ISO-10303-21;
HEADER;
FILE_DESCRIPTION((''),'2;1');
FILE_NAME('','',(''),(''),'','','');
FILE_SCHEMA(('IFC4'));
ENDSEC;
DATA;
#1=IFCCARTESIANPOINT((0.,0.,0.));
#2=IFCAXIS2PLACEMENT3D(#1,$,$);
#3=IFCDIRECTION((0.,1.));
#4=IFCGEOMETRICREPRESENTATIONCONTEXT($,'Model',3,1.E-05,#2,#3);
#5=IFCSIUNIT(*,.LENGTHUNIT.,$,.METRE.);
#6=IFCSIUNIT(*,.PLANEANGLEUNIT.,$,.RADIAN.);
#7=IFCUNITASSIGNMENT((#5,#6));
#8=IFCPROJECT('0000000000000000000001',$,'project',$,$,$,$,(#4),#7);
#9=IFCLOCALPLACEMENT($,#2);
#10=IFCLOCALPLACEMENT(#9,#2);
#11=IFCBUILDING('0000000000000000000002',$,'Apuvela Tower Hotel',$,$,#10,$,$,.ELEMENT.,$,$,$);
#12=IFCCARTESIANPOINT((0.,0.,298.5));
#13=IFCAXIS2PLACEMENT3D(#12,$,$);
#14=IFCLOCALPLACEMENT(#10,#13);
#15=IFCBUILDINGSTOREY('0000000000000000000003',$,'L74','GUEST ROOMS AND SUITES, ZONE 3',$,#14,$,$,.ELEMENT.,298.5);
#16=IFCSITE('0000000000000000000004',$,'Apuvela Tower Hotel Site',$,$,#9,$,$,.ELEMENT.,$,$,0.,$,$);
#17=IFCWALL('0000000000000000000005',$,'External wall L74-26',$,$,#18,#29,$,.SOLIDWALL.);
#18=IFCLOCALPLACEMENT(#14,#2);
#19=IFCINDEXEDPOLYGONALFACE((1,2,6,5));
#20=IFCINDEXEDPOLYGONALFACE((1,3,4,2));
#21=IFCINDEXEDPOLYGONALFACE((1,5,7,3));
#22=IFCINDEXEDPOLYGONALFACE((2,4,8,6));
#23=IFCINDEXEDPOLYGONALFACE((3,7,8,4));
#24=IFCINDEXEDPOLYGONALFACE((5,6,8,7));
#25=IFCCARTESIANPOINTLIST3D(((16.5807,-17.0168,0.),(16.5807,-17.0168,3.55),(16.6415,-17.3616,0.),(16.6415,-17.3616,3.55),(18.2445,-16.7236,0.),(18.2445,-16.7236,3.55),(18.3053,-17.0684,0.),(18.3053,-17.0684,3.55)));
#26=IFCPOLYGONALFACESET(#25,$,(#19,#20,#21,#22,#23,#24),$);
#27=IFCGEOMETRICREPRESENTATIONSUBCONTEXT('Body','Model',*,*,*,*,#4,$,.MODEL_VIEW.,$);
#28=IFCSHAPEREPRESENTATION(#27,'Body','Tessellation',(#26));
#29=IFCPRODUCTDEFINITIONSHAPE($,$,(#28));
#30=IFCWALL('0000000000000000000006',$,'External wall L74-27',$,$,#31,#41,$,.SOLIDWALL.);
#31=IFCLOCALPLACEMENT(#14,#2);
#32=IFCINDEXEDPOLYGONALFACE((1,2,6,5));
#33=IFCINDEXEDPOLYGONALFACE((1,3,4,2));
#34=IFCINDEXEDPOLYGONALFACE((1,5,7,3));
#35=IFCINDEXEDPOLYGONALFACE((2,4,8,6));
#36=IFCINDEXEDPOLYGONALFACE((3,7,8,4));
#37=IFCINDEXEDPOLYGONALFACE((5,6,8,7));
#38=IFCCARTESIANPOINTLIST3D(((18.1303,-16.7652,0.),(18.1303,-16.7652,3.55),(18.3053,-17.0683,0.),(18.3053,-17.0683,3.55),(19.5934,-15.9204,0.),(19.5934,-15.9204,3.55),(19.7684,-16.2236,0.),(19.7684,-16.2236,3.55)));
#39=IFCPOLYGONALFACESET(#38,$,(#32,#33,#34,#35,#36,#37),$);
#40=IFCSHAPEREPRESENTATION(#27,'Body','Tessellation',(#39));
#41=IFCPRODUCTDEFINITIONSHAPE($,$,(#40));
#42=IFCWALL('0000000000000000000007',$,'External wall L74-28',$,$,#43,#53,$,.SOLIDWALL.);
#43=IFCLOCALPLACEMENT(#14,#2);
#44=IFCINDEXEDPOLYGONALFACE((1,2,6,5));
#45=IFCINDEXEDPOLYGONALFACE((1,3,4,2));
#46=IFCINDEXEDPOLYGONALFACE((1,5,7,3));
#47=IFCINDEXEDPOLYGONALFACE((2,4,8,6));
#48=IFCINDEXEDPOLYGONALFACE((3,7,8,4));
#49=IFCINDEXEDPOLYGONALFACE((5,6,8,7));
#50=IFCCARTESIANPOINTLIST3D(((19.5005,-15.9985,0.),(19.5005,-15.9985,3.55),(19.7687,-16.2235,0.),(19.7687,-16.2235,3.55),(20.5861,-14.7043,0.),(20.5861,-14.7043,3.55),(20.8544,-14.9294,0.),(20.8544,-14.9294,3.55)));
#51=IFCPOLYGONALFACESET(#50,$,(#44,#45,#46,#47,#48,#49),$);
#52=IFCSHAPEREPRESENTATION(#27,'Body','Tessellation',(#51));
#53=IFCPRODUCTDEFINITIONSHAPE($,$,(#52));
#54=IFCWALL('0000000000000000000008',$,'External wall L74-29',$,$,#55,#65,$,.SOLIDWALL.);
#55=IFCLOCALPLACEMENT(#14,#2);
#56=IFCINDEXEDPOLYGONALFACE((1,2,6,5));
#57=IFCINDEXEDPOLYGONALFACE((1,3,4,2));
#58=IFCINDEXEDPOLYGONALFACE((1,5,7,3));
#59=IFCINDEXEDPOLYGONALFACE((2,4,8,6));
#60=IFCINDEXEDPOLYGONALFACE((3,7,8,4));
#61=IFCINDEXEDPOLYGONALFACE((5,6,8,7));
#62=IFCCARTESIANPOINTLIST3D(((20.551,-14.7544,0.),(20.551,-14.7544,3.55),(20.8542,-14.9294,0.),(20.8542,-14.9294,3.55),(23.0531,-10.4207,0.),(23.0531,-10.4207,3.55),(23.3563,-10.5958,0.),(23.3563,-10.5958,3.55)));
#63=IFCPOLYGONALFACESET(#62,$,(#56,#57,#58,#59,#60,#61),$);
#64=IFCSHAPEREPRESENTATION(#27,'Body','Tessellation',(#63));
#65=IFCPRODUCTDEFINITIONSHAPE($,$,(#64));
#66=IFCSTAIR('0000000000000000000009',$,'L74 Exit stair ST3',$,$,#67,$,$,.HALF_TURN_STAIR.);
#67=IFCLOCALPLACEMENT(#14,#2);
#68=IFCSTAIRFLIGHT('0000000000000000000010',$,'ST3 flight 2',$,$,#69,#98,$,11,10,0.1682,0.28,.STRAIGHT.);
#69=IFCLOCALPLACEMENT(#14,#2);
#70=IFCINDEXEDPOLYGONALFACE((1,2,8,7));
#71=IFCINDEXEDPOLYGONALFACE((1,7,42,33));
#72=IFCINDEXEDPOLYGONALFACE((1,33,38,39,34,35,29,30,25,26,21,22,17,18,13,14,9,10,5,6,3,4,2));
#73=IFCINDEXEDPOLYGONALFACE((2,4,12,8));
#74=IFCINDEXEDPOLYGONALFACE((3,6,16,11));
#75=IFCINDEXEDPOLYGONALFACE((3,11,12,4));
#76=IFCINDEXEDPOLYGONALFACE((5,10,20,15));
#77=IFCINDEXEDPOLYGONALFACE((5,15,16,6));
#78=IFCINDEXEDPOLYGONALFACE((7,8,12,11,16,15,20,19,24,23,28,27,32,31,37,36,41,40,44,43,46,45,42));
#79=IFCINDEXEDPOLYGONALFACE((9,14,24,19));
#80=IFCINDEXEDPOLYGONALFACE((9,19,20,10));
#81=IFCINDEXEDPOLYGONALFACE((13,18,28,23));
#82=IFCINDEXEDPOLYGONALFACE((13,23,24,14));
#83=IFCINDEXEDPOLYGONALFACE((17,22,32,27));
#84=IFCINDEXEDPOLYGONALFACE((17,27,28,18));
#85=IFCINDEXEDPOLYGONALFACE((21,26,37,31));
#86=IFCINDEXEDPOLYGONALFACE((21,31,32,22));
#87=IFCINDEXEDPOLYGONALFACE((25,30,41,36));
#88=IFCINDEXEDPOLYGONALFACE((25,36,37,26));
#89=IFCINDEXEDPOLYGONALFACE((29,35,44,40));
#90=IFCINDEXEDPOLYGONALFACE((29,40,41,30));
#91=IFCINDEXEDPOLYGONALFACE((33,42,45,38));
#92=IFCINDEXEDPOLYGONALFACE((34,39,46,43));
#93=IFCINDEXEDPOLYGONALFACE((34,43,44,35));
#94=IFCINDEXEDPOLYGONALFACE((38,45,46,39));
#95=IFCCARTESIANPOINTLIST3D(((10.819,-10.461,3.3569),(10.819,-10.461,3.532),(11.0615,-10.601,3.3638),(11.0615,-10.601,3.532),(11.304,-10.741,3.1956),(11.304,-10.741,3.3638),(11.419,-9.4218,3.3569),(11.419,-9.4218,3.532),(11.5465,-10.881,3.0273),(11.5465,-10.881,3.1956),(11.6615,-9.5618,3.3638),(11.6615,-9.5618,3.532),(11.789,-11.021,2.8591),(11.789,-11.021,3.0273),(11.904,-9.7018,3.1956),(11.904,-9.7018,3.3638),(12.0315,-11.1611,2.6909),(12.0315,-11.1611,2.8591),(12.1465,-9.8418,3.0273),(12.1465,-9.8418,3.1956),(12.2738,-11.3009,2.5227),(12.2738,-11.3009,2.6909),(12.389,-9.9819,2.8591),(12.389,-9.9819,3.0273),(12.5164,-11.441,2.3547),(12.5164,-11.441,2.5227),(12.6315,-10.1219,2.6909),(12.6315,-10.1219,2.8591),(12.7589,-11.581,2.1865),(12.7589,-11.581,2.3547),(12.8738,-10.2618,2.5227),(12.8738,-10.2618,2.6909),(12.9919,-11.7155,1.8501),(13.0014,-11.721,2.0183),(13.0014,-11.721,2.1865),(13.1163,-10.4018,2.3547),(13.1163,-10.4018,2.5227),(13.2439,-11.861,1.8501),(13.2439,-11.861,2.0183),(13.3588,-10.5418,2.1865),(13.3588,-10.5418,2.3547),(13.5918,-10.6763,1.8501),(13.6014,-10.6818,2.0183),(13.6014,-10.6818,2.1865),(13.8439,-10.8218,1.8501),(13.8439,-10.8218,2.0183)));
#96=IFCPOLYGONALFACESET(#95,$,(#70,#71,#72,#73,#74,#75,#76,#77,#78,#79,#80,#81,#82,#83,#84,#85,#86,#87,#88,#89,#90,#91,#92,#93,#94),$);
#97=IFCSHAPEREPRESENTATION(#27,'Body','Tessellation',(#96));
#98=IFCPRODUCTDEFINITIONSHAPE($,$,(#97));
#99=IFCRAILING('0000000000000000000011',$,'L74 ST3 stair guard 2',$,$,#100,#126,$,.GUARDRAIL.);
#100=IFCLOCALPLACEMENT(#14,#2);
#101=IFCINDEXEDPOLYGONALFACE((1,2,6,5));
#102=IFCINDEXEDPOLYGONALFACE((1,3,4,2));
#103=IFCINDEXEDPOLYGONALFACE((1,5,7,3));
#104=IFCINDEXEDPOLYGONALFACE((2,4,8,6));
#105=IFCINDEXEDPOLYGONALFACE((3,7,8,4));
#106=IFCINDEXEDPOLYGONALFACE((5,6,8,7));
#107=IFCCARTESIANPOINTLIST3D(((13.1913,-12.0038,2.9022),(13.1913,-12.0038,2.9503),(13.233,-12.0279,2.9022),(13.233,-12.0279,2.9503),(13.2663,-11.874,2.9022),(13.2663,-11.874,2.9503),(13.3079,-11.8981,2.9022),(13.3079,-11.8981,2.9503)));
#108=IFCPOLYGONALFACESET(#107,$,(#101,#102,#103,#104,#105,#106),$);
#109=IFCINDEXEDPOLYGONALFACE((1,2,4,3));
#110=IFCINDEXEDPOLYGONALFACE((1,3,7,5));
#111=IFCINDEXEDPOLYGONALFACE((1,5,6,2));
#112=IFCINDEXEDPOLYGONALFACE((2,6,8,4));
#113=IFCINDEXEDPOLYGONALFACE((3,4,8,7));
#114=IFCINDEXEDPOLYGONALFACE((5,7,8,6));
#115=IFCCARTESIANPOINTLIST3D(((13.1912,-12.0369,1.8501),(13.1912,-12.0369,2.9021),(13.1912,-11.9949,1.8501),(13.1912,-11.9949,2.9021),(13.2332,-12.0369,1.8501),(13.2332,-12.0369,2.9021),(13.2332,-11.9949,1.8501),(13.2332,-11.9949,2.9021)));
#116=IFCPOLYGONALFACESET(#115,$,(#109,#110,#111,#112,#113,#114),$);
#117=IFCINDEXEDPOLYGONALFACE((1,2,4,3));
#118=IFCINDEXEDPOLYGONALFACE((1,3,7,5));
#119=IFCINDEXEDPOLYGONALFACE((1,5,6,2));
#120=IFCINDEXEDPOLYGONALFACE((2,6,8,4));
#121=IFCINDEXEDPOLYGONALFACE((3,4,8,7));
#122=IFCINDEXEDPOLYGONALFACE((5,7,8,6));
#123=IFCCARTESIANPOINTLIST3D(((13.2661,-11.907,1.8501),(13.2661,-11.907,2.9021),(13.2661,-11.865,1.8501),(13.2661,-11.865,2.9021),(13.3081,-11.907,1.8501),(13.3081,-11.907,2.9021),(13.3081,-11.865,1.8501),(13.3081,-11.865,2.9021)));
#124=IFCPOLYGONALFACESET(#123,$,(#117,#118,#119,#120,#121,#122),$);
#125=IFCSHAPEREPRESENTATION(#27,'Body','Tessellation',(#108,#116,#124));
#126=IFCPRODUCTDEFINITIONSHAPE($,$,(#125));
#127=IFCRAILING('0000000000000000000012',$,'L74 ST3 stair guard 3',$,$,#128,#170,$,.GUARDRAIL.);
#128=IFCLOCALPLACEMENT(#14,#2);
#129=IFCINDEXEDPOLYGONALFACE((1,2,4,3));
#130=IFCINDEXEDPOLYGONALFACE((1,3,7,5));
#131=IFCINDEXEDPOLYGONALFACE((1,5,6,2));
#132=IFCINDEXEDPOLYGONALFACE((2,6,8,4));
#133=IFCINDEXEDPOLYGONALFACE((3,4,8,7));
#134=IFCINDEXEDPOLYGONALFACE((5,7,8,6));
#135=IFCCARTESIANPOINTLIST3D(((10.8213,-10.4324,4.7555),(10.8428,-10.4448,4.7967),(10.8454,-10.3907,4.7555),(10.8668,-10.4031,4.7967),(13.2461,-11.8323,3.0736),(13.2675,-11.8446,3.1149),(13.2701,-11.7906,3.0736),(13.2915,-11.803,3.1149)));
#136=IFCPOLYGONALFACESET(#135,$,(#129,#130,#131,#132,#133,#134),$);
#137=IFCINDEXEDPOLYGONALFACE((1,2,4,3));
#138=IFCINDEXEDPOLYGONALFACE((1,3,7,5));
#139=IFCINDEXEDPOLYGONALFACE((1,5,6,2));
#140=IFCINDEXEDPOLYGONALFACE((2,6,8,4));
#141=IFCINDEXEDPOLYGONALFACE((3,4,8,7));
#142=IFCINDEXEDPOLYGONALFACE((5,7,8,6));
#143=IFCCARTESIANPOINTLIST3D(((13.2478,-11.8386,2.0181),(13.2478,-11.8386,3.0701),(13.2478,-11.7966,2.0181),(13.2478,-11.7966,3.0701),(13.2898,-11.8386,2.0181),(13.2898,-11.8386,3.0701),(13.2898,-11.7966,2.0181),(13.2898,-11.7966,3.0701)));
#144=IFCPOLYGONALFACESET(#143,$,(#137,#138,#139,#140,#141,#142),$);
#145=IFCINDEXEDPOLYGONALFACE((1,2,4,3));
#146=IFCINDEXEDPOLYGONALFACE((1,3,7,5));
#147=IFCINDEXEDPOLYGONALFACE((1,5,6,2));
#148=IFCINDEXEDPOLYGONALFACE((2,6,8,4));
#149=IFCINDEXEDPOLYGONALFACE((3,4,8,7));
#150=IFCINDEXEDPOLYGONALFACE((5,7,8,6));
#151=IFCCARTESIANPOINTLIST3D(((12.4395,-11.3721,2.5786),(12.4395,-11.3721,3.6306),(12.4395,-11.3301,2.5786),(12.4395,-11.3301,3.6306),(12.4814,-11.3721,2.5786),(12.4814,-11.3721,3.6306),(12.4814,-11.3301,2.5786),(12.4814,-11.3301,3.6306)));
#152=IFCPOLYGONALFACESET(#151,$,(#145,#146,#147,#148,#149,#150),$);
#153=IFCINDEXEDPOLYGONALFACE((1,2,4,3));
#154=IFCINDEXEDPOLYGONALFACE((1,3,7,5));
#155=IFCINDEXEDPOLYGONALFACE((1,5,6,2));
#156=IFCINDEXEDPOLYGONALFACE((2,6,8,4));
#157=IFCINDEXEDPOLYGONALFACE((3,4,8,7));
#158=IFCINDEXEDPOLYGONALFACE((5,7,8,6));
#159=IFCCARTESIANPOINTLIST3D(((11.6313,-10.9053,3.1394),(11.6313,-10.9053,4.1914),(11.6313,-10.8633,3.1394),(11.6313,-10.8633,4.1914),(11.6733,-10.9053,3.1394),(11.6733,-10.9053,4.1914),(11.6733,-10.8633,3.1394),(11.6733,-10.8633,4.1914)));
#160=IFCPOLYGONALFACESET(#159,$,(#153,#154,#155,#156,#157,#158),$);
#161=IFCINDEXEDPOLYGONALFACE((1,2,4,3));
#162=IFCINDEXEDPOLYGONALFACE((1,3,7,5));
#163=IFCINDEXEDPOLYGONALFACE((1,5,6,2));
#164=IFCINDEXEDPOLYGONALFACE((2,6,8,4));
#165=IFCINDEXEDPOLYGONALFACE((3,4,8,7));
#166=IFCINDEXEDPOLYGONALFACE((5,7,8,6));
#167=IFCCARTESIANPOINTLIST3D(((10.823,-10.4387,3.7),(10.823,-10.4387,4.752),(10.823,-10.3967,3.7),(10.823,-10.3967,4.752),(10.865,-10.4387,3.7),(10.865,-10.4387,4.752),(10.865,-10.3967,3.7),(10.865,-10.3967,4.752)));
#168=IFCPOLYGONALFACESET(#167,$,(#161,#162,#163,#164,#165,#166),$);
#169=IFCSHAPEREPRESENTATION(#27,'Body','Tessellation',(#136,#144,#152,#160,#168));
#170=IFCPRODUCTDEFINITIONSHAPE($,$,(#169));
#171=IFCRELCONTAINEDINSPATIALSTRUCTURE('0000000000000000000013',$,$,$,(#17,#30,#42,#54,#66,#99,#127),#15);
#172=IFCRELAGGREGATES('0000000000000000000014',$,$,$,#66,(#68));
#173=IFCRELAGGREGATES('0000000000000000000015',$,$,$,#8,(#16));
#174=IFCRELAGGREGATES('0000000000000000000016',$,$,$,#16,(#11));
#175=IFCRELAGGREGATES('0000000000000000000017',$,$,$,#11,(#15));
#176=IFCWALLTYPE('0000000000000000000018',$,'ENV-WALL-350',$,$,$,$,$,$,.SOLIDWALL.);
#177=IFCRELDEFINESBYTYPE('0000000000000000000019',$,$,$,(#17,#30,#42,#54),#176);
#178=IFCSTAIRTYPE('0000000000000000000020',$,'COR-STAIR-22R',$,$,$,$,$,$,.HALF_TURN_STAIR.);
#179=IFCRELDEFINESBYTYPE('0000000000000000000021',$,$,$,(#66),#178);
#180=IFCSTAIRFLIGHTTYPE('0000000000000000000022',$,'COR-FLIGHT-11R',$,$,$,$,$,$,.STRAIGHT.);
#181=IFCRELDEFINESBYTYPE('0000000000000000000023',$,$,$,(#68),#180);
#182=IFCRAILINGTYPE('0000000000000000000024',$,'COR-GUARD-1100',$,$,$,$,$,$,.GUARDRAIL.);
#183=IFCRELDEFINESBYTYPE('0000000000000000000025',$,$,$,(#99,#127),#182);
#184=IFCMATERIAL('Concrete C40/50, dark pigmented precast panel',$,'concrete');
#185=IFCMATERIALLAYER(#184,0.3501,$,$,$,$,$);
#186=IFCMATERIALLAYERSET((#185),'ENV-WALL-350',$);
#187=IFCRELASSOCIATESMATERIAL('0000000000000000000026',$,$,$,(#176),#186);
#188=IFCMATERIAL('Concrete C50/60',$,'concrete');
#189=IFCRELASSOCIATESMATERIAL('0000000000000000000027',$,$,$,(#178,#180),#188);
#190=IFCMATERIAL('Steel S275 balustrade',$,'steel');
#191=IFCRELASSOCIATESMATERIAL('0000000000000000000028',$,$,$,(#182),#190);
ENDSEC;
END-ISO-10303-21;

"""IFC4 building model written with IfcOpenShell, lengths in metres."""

from ifc_helpers import new_model, si_unit, direction, frame, frame_2d, origin, origin_2d, place, context, subcontext, project, spatial, polyline, rectangle, outline, extrude, material, layer, layer_set, type_object, element, aggregate, save


model = new_model("IFC4")

# Units and contexts
model_context = context("Model", 3, precision=1e-05, world=origin(), true_north=direction((0.0, 1.0)))
body_context = subcontext(model_context, "Body", "Model", "MODEL_VIEW")
ifc_project = project(units=[si_unit("LENGTHUNIT", "METRE"), si_unit("PLANEANGLEUNIT", "RADIAN")], contexts=[model_context])

# Site, building, storey
site_placement = place(None, origin())
site = spatial("IfcSite", under=ifc_project, at=site_placement, Name="Apuvela Tower Hotel Site", CompositionType="ELEMENT", RefElevation=0.0)
building_placement = place(site_placement, origin())
building = spatial("IfcBuilding", under=site, at=building_placement, Name="Apuvela Tower Hotel", CompositionType="ELEMENT")
storey_placement = place(building_placement, frame((0.0, 0.0, 298.5)))
storey = spatial("IfcBuildingStorey", under=building, at=storey_placement, Name="L74", Description="GUEST ROOMS AND SUITES, ZONE 3", CompositionType="ELEMENT", Elevation=298.5)

# Walls
ifc_material_1 = material(Name="Concrete C50/60", Category="concrete")
ifc_material_2 = material(Name="Concrete C40/50, dark pigmented precast panel", Category="concrete")
ifc_layer_1 = layer(ifc_material_2, 0.3501)
ifc_layer_set_1 = layer_set([ifc_layer_1], Name="ENV-WALL-350")
wall_type_1 = type_object("IfcWallType", Name="ENV-WALL-350", PredefinedType="SOLIDWALL", material=ifc_layer_set_1)
for number, where, z_axis, x_axis, name in (
    (1, (16.6111, -17.1892, 0.0), (0.0, 0.0, 1.0), (0.984824, 0.173555, 0.0), "External wall L74-26"),
    (2, (18.2178, -16.9167, 0.0), (0.0, 0.0, 1.0), (0.866029, 0.499993, 0.0), "External wall L74-27"),
):
    element("IfcWall", number, at=place(storey_placement, frame(where, z_axis=z_axis, x_axis=x_axis)), inside=storey, type_object=wall_type_1, Name=name, PredefinedType="SOLIDWALL", context=body_context, shape_type="SweptSolid", body=[
        extrude(rectangle(XDim=1.6895, YDim=0.3501, at=frame_2d((0.8447, 0.0))), origin(), (0.0, 0.0, 1.0), 3.55),
    ])
wall_1_placement = place(storey_placement, frame((19.6345, -16.1111, 0.0), z_axis=(0.0, 0.0, 1.0), x_axis=(0.642697, 0.76612, 0.0)))
element("IfcWall", 3, at=wall_1_placement, inside=storey, type_object=wall_type_1, Name="External wall L74-28", PredefinedType="SOLIDWALL", context=body_context, shape_type="SweptSolid", body=[
    extrude(rectangle(XDim=1.6892, YDim=0.3501, at=frame_2d((0.8447, 0.0))), origin(), (0.0, 0.0, 1.0), 3.55),
])
wall_2_placement = place(storey_placement, frame((20.7026, -14.8418, 0.0), z_axis=(0.0, 0.0, 1.0), x_axis=(0.500017, 0.866016, 0.0)))
element("IfcWall", 4, at=wall_2_placement, inside=storey, type_object=wall_type_1, Name="External wall L74-29", PredefinedType="SOLIDWALL", context=body_context, shape_type="SweptSolid", body=[
    extrude(rectangle(XDim=5.0042, YDim=0.3501, at=frame_2d((2.502, 0.0))), origin(), (0.0, 0.0, 1.0), 3.55),
])

# Stair, stair flight
stair_type = type_object("IfcStairType", Name="COR-STAIR-22R", PredefinedType="HALF_TURN_STAIR", material=ifc_material_1)
stair_placement = place(storey_placement, origin())
stair = element("IfcStair", 5, at=stair_placement, inside=storey, type_object=stair_type, Name="L74 Exit stair ST3", PredefinedType="HALF_TURN_STAIR")
stair_flight_type = type_object("IfcStairFlightType", Name="COR-FLIGHT-11R", PredefinedType="STRAIGHT", material=ifc_material_1)
stair_flight_placement = place(storey_placement, frame((13.5439, -11.3413, 1.8501), z_axis=(0.0, 0.0, 1.0), x_axis=(-0.866025, 0.5, 0.0)))
stair_flight = element("IfcStairFlight", 6, at=stair_flight_placement, type_object=stair_flight_type, Name="ST3 flight 2", NumberOfRisers=11, NumberOfTreads=10, PredefinedType="STRAIGHT", RiserHeight=0.1682, TreadLength=0.28, context=body_context, shape_type="SweptSolid", body=[
    extrude(outline(polyline([(0.0, 0.0), (0.0, 0.1682), (0.28, 0.1682), (0.28, 0.3364), (0.5601, 0.3364), (0.5601, 0.5046), (0.8401, 0.5046), (0.8401, 0.6726), (1.1201, 0.6726), (1.1201, 0.8408), (1.3999, 0.8408), (1.3999, 1.009), (1.6799, 1.009), (1.6799, 1.1772), (1.96, 1.1772), (1.96, 1.3455), (2.24, 1.3455), (2.24, 1.5137), (2.52, 1.5137), (2.52, 1.6819), (2.8, 1.6819), (2.8, 1.8501), (2.8, 1.5068), (0.291, 0.0), (0.0, 0.0)])), frame((0.0, 0.6001, 0.0), z_axis=(0.0, -1.0, 0.0), x_axis=(1.0, 0.0, 0.0)), (0.0, 0.0, 1.0), 1.2),
])
aggregate(stair, [stair_flight])

# Railings
ifc_material_3 = material(Name="Steel S275 balustrade", Category="steel")
railing_type = type_object("IfcRailingType", Name="COR-GUARD-1100", PredefinedType="GUARDRAIL", material=ifc_material_3)
railing_1_placement = place(storey_placement, frame((13.2122, -12.0159, 1.8501)))
element("IfcRailing", 7, at=railing_1_placement, inside=storey, type_object=railing_type, Name="L74 ST3 stair guard 2", PredefinedType="GUARDRAIL", context=body_context, shape_type="SweptSolid", body=[
    extrude(rectangle(XDim=0.0481, YDim=0.0481, at=origin_2d()), frame((0.0, 0.0, 1.0762), z_axis=(0.499816, 0.866131, 0.0), x_axis=(-0.866131, 0.499816, 0.0)), (0.0, 0.0, 1.0), 0.1499),
    extrude(rectangle(XDim=0.042, YDim=0.042, at=origin_2d()), origin(), (0.0, 0.0, 1.0), 1.052),
    extrude(rectangle(XDim=0.042, YDim=0.042, at=origin_2d()), frame((0.075, 0.1299, 0.0)), (0.0, 0.0, 1.0), 1.052),
])
railing_2_placement = place(storey_placement, frame((13.2688, -11.8176, 2.0181)))
element("IfcRailing", 8, at=railing_2_placement, inside=storey, type_object=railing_type, Name="L74 ST3 stair guard 3", PredefinedType="GUARDRAIL", context=body_context, shape_type="SweptSolid", body=[
    extrude(rectangle(XDim=0.0481, YDim=0.0481, at=origin_2d()), frame((0.0, 0.0, 1.0762), z_axis=(-0.74239, 0.428601, 0.514934), x_axis=(-0.499984, -0.866035, 0.0)), (0.0, 0.0, 1.0), 3.2661),
    extrude(rectangle(XDim=0.042, YDim=0.042, at=origin_2d()), origin(), (0.0, 0.0, 1.0), 1.052),
    extrude(rectangle(XDim=0.042, YDim=0.042, at=origin_2d()), frame((-0.8083, 0.4666, 0.5605)), (0.0, 0.0, 1.0), 1.052),
    extrude(rectangle(XDim=0.042, YDim=0.042, at=origin_2d()), frame((-1.6165, 0.9333, 1.1213)), (0.0, 0.0, 1.0), 1.052),
    extrude(rectangle(XDim=0.042, YDim=0.042, at=origin_2d()), frame((-2.4248, 1.3999, 1.6819)), (0.0, 0.0, 1.0), 1.052),
])

save(model, "model.ifc")
